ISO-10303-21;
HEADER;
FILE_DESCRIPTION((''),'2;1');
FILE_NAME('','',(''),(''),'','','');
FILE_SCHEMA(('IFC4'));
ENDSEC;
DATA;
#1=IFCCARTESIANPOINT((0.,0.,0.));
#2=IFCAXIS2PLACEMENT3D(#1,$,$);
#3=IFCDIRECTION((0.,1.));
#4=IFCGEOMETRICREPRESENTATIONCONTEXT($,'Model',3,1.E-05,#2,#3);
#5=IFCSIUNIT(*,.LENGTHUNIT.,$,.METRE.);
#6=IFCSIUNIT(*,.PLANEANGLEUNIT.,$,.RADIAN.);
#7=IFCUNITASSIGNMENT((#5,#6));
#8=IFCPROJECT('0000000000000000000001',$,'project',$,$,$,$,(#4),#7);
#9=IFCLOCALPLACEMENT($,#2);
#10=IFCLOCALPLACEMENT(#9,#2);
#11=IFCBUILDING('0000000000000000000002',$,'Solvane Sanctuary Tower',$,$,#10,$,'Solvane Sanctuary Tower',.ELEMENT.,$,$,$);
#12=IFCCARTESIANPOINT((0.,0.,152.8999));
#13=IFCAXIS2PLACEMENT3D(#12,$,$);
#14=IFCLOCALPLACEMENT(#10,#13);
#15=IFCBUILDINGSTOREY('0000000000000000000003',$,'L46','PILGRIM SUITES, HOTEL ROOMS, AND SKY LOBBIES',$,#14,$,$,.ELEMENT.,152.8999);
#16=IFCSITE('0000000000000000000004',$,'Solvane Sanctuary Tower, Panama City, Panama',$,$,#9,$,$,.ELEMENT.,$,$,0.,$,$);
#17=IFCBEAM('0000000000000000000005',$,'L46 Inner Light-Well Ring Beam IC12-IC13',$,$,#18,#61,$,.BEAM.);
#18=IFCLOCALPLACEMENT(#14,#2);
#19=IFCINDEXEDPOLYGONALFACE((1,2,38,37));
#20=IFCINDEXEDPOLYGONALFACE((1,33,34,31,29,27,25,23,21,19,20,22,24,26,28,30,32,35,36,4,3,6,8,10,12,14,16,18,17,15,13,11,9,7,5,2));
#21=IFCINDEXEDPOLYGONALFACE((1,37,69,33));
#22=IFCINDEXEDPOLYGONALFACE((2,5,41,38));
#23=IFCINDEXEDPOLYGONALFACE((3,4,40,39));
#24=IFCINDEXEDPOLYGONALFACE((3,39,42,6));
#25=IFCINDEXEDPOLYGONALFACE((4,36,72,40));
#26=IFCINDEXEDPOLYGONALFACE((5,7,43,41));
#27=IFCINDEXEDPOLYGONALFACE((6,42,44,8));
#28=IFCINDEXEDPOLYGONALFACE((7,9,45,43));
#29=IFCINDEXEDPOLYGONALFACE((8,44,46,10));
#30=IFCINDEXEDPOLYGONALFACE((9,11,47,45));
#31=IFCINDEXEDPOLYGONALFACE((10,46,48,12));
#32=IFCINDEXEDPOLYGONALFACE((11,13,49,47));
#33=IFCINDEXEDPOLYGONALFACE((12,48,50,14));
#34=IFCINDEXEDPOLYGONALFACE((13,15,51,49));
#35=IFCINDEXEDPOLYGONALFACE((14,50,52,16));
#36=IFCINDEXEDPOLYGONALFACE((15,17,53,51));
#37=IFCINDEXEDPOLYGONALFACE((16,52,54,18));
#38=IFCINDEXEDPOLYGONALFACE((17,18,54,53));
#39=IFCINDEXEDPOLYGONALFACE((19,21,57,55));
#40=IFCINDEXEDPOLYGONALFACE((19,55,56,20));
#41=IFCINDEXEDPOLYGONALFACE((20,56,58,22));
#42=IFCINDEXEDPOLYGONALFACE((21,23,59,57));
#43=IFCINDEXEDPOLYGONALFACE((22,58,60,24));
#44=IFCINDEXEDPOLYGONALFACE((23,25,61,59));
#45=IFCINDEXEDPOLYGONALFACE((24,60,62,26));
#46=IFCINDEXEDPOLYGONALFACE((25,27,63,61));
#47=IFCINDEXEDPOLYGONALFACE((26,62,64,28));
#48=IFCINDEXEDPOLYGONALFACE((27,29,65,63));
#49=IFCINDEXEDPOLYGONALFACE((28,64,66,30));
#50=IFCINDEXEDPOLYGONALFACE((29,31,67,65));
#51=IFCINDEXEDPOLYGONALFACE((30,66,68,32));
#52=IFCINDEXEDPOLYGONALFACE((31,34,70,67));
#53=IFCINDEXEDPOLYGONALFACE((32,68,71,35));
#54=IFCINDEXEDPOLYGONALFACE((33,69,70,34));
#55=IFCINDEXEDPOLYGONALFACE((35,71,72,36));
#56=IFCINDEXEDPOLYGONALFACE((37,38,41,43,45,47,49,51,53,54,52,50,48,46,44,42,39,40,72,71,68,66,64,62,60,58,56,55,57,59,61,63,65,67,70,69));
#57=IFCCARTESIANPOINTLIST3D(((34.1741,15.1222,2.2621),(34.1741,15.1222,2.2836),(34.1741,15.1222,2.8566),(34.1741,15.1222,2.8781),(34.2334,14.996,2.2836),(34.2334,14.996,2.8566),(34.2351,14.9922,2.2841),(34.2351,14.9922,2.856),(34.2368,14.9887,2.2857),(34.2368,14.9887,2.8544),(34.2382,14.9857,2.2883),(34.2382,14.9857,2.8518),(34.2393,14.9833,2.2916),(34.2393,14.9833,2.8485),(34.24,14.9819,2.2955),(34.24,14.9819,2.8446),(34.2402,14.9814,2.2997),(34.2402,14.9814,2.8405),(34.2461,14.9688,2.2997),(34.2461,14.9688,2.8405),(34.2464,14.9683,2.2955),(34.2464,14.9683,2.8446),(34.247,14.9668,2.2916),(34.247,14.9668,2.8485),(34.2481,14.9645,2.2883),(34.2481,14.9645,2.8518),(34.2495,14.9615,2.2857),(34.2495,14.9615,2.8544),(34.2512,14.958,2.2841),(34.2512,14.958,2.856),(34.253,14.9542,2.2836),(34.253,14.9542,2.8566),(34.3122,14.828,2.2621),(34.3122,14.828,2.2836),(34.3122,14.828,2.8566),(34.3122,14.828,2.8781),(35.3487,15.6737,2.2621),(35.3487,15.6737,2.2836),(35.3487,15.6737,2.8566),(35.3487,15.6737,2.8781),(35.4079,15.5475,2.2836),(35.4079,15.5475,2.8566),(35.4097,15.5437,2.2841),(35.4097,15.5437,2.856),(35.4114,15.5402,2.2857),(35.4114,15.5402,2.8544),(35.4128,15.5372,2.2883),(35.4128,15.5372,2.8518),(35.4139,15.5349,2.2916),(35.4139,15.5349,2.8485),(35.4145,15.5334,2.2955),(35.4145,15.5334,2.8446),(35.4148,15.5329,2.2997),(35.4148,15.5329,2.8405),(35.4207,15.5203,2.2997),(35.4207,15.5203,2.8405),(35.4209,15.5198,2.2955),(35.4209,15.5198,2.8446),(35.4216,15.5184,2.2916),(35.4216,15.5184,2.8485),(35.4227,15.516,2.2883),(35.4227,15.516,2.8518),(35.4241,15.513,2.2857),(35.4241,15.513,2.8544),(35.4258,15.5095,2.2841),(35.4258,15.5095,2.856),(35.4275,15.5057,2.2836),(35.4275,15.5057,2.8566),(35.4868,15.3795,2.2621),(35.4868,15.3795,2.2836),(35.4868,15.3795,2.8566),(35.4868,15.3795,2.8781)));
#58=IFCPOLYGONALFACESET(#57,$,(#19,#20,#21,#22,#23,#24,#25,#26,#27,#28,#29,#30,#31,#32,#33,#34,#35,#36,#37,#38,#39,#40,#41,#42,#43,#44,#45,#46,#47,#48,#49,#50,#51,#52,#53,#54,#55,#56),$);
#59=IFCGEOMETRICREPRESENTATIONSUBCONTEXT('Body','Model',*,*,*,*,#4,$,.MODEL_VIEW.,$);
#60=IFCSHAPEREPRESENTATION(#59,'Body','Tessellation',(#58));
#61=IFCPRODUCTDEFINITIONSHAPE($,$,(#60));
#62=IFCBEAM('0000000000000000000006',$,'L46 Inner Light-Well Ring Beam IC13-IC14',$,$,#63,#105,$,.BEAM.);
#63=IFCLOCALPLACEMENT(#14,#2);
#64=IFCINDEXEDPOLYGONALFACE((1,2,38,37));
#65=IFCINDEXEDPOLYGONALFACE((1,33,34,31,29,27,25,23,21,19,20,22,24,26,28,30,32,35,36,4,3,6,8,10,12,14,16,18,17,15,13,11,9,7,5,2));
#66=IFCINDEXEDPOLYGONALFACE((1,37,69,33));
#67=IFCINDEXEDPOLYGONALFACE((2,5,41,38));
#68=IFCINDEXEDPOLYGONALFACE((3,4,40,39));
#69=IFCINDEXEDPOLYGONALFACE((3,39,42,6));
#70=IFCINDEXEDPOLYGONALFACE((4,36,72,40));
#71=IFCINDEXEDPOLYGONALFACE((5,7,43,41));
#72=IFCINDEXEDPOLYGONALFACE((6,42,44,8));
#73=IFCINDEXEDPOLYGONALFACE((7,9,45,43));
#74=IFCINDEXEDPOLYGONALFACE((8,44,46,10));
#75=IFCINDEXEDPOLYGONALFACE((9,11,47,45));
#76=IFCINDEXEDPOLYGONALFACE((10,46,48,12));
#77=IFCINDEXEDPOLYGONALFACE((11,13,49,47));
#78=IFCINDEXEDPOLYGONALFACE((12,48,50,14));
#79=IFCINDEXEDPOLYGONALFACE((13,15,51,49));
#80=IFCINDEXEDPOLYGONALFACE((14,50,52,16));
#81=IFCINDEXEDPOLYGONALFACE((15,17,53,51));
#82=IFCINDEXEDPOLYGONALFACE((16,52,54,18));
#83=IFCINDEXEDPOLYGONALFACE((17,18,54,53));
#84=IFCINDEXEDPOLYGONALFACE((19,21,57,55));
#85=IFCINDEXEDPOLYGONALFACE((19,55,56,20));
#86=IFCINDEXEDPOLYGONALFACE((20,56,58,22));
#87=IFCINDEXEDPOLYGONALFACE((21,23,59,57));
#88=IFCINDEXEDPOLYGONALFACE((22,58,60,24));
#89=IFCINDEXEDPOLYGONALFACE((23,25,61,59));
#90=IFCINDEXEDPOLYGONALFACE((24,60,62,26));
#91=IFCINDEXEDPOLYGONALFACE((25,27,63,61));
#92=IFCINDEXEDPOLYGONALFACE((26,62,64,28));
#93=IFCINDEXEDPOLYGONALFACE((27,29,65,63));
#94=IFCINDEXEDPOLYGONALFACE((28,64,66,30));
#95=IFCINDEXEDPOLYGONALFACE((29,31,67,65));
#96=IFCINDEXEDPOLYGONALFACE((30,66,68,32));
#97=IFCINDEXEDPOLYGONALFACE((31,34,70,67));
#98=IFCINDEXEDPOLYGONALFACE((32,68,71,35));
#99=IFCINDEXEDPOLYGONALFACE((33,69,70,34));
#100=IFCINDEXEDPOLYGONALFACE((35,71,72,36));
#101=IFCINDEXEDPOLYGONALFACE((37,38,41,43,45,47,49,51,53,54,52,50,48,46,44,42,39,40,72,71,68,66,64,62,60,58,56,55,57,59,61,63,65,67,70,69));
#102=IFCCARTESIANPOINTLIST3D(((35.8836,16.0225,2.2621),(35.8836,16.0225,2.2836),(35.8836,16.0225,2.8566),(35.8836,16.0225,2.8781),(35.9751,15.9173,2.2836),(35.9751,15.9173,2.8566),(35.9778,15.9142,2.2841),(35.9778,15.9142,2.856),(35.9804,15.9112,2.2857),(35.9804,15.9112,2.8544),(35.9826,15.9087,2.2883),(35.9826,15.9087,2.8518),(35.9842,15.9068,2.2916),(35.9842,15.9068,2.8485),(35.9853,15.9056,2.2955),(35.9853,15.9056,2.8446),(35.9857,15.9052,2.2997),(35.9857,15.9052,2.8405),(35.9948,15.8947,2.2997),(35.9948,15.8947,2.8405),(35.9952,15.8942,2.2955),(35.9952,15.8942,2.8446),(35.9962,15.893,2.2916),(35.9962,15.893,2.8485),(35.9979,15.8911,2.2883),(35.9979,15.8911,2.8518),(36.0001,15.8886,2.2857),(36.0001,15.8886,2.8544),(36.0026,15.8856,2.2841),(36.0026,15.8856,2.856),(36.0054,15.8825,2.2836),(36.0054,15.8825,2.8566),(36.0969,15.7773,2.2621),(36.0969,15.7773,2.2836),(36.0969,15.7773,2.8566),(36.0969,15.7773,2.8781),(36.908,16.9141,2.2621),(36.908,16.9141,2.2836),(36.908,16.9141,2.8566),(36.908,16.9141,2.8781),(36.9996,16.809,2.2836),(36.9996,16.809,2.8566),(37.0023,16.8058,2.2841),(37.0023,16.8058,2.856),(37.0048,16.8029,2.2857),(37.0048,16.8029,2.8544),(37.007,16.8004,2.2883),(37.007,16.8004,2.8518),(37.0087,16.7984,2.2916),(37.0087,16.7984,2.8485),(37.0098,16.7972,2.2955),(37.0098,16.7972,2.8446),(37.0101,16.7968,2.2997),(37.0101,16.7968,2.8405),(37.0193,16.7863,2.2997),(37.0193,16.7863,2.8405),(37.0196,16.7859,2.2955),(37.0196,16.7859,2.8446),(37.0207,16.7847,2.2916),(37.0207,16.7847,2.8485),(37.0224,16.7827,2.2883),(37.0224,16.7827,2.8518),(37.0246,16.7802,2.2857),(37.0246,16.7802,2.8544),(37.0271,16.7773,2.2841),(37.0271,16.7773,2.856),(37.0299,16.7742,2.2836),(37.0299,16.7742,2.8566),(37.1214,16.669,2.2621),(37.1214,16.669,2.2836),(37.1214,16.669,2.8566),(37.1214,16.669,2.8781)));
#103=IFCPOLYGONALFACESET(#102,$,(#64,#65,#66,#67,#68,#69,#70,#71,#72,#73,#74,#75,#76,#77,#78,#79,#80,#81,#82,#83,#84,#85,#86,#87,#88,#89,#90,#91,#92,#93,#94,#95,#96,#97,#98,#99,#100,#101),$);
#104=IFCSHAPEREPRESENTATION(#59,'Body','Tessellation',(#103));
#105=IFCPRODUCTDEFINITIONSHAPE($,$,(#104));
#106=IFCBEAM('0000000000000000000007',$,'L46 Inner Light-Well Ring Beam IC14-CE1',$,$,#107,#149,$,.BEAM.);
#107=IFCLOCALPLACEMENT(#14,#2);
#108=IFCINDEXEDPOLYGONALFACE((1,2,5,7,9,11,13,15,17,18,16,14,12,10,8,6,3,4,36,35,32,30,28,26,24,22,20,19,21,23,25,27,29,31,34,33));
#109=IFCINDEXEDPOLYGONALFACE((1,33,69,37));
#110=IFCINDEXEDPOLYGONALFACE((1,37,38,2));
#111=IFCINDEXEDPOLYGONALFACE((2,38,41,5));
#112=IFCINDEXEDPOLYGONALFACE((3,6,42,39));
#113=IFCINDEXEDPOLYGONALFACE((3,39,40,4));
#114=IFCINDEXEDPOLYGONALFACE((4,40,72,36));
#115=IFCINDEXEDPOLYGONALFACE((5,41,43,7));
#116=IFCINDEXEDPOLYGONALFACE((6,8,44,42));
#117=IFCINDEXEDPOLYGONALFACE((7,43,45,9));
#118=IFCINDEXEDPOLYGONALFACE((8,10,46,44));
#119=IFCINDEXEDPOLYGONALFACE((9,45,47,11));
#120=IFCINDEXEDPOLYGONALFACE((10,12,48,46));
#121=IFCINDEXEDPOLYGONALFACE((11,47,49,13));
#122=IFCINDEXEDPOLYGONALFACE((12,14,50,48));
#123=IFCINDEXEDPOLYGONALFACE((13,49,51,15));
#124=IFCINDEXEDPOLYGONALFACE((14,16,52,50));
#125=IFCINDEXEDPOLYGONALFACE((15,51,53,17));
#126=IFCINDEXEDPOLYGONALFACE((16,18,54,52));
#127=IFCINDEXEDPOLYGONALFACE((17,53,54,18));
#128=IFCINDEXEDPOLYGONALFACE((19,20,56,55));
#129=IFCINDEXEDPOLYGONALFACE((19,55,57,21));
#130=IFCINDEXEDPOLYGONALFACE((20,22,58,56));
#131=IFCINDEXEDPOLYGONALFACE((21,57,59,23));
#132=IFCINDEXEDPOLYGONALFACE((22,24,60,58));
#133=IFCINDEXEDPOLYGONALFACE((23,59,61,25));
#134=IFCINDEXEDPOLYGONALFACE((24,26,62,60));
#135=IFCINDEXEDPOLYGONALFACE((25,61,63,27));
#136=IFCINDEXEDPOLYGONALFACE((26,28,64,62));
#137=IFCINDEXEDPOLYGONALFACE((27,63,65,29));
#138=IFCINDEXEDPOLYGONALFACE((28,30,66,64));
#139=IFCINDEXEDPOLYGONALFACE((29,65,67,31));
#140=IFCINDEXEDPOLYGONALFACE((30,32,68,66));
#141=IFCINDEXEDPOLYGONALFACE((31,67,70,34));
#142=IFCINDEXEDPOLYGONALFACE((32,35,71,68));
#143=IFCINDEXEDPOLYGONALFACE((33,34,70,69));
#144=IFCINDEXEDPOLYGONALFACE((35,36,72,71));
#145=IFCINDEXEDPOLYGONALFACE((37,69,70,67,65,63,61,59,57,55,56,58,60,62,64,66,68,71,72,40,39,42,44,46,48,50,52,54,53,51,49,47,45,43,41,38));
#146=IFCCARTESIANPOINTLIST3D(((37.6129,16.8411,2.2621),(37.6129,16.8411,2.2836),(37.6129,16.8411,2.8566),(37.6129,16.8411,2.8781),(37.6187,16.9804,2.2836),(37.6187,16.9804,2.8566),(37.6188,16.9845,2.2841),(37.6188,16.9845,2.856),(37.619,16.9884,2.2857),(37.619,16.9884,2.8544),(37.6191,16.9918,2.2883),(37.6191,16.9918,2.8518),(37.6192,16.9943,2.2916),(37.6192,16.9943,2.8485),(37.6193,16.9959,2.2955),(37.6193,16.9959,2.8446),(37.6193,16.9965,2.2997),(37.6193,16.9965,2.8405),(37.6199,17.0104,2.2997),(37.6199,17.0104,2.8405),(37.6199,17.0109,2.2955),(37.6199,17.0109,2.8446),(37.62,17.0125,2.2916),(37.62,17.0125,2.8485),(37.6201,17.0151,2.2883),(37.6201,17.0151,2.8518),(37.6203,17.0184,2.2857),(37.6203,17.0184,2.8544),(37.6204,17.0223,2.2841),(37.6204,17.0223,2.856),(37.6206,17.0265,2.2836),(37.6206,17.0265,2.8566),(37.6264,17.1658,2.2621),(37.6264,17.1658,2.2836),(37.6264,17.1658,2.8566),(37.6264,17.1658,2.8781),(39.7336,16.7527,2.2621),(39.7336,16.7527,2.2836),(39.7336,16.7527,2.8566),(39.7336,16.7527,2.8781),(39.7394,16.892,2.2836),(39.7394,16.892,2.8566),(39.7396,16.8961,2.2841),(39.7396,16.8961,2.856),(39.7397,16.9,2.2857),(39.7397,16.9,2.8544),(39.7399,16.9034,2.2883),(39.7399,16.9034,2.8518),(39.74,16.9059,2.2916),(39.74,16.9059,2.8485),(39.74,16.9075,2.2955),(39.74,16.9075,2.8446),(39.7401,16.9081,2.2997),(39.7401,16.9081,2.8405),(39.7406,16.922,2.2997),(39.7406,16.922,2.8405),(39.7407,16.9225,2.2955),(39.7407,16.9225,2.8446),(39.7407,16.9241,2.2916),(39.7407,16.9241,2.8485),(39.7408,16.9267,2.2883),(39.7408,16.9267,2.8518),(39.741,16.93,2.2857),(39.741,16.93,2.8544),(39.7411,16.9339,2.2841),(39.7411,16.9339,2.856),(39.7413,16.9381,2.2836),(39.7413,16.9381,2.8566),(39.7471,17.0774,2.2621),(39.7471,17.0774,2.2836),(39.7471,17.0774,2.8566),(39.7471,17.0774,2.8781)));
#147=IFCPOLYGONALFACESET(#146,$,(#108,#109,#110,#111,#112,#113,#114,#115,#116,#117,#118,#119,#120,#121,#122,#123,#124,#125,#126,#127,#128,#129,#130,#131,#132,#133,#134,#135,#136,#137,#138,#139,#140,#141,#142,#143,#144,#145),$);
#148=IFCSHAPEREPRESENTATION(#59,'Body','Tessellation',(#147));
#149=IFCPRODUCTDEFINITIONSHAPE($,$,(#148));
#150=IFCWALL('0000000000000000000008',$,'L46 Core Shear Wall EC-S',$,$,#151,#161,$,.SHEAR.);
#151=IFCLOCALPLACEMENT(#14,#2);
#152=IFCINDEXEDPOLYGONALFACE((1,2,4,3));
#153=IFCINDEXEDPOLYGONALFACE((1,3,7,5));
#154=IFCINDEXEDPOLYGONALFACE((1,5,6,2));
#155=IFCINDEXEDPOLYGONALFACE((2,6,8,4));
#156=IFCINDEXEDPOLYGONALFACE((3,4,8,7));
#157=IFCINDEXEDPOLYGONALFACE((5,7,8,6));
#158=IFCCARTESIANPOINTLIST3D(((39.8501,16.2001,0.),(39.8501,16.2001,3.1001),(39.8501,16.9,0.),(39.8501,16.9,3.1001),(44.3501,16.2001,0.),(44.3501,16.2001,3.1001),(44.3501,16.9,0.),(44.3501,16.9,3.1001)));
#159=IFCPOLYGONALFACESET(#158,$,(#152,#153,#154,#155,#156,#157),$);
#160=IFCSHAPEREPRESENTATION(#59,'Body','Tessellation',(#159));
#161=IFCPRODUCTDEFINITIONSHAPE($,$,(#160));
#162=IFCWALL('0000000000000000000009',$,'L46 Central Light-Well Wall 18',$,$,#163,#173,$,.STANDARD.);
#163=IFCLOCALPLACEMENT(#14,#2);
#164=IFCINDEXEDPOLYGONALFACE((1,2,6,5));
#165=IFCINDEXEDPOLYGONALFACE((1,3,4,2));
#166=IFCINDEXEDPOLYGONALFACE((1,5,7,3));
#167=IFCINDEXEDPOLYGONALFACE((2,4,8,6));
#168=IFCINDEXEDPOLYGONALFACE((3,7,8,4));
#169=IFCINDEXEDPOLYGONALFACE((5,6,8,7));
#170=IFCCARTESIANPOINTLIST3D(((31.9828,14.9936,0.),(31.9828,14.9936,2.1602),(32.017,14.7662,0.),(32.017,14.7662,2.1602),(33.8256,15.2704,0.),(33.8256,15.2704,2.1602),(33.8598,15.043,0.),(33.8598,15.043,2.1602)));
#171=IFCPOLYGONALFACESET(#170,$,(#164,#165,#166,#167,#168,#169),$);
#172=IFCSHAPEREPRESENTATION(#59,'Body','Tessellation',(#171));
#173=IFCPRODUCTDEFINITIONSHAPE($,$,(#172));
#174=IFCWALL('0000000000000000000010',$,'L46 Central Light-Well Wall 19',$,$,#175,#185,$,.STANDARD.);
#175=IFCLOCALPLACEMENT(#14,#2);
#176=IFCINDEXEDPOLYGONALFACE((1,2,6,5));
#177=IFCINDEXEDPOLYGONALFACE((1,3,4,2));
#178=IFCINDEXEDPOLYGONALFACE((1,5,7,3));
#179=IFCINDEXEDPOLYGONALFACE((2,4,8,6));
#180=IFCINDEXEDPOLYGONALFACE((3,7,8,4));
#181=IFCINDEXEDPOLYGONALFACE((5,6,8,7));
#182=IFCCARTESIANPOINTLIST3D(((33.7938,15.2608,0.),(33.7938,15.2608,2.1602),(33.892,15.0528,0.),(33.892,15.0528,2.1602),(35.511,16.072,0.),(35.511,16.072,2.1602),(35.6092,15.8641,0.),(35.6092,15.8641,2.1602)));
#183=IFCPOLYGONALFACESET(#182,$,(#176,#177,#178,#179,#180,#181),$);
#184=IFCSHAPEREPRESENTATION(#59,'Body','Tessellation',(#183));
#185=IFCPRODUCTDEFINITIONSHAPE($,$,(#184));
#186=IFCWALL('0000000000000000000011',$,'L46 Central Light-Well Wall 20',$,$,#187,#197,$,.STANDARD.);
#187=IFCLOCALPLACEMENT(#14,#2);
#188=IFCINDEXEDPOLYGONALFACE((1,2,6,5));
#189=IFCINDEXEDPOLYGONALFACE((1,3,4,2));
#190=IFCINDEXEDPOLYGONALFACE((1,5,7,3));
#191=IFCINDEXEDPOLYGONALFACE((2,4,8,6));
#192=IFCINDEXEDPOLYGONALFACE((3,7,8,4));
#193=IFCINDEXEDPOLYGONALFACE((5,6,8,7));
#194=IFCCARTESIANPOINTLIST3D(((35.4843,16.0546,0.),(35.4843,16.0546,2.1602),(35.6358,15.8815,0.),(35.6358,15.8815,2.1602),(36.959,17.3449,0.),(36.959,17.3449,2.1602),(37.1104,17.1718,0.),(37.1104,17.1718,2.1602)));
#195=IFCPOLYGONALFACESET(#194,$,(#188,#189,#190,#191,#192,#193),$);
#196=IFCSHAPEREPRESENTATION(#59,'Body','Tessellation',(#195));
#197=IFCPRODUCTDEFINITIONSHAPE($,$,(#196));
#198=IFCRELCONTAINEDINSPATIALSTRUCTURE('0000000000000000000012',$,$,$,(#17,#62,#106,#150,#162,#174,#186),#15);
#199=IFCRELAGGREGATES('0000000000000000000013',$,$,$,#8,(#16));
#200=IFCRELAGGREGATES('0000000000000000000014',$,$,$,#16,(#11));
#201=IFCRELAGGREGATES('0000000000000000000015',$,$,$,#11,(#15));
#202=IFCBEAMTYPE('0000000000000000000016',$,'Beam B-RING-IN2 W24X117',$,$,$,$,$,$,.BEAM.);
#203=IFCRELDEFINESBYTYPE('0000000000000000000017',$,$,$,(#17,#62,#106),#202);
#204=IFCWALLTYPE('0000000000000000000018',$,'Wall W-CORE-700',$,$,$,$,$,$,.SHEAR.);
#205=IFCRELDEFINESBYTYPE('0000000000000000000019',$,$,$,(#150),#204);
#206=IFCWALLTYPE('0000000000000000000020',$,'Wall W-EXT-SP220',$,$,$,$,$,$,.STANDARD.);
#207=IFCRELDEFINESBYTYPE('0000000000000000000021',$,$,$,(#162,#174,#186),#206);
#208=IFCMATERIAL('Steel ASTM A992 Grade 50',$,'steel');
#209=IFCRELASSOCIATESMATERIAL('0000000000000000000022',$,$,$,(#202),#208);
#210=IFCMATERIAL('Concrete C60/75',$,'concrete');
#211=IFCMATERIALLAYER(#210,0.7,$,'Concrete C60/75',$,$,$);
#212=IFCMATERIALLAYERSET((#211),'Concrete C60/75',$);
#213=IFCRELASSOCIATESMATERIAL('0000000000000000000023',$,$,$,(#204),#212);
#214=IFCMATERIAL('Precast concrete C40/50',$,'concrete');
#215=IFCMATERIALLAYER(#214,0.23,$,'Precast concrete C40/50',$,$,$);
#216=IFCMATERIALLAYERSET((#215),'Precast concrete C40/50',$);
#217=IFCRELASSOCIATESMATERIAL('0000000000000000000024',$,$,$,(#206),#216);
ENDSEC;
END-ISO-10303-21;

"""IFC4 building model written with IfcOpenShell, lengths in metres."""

from ifc_helpers import new_model, si_unit, direction, frame, frame_2d, origin, origin_2d, place, context, subcontext, project, spatial, rectangle, i_section, extrude, material, layer, layer_set, material_profile, profile_set, type_object, element, save


model = new_model("IFC4")

# Units and contexts
model_context = context("Model", 3, precision=1e-05, world=origin(), true_north=direction((0.0, 1.0)))
body_context = subcontext(model_context, "Body", "Model", "MODEL_VIEW")
ifc_project = project(units=[si_unit("LENGTHUNIT", "METRE"), si_unit("PLANEANGLEUNIT", "RADIAN")], contexts=[model_context])

# Site, building, storey
site_placement = place(None, origin())
site = spatial("IfcSite", under=ifc_project, at=site_placement, Name="Solvane Sanctuary Tower, Panama City, Panama", CompositionType="ELEMENT", RefElevation=0.0)
building_placement = place(site_placement, origin())
building = spatial("IfcBuilding", under=site, at=building_placement, Name="Solvane Sanctuary Tower", LongName="Solvane Sanctuary Tower", CompositionType="ELEMENT")
storey_placement = place(building_placement, frame((0.0, 0.0, 152.8999)))
storey = spatial("IfcBuildingStorey", under=building, at=storey_placement, Name="L46", Description="PILGRIM SUITES, HOTEL ROOMS, AND SKY LOBBIES", CompositionType="ELEMENT", Elevation=152.8999)

# Beams
ifc_material_1 = material(Name="Steel ASTM A992 Grade 50", Category="steel")
ifc_material_profile_1 = material_profile(ifc_material_1, i_section(OverallWidth=0.325, OverallDepth=0.616, WebThickness=0.0139, FlangeThickness=0.0215, FilletRadius=0.0161, at=origin_2d()), Name="W24X117")
ifc_profile_set_1 = profile_set([ifc_material_profile_1], Name="Steel ASTM A992 Grade 50")
beam_type_1 = type_object("IfcBeamType", Name="Beam B-RING-IN2 W24X117", PredefinedType="BEAM", material=ifc_profile_set_1)
beam_1_placement = place(storey_placement, frame((34.2432, 14.9751, 2.5701), z_axis=(0.905181, 0.425027, 0.0), x_axis=(-0.425027, 0.905181, 0.0)))
element("IfcBeam", 1, at=beam_1_placement, inside=storey, type_object=beam_type_1, Name="L46 Inner Light-Well Ring Beam IC12-IC13", PredefinedType="BEAM", context=body_context, shape_type="SweptSolid", body=[
    extrude(i_section(OverallWidth=0.325, OverallDepth=0.616, WebThickness=0.0139, FlangeThickness=0.0215, FilletRadius=0.0161, at=origin_2d()), origin(), (0.0, 0.0, 1.0), 1.2976),
])
beam_2_placement = place(storey_placement, frame((35.9902, 15.8999, 2.5701), z_axis=(0.754311, 0.656517, 0.0), x_axis=(-0.656517, 0.754311, 0.0)))
element("IfcBeam", 2, at=beam_2_placement, inside=storey, type_object=beam_type_1, Name="L46 Inner Light-Well Ring Beam IC13-IC14", PredefinedType="BEAM", context=body_context, shape_type="SweptSolid", body=[
    extrude(i_section(OverallWidth=0.325, OverallDepth=0.616, WebThickness=0.0139, FlangeThickness=0.0215, FilletRadius=0.0161, at=origin_2d()), origin(), (0.0, 0.0, 1.0), 1.3582),
])
beam_3_placement = place(storey_placement, frame((37.6196, 17.0034, 2.5701), z_axis=(0.999133, -0.04164, 0.0), x_axis=(0.04164, 0.999133, 0.0)))
element("IfcBeam", 3, at=beam_3_placement, inside=storey, type_object=beam_type_1, Name="L46 Inner Light-Well Ring Beam IC14-CE1", PredefinedType="BEAM", context=body_context, shape_type="SweptSolid", body=[
    extrude(i_section(OverallWidth=0.325, OverallDepth=0.616, WebThickness=0.0139, FlangeThickness=0.0215, FilletRadius=0.0161, at=origin_2d()), origin(), (0.0, 0.0, 1.0), 2.1226),
])

# Walls
ifc_material_2 = material(Name="Concrete C60/75", Category="concrete")
ifc_layer_1 = layer(ifc_material_2, 0.7, Name="Concrete C60/75")
ifc_layer_set_1 = layer_set([ifc_layer_1], Name="Concrete C60/75")
wall_type_1 = type_object("IfcWallType", Name="Wall W-CORE-700", PredefinedType="SHEAR", material=ifc_layer_set_1)
wall_1_placement = place(storey_placement, frame((39.8501, 16.55, 0.0), z_axis=(0.0, 0.0, 1.0), x_axis=(1.0, 0.0, 0.0)))
element("IfcWall", 4, at=wall_1_placement, inside=storey, type_object=wall_type_1, Name="L46 Core Shear Wall EC-S", PredefinedType="SHEAR", context=body_context, shape_type="SweptSolid", body=[
    extrude(rectangle(XDim=4.5, YDim=0.7, at=frame_2d((2.25, 0.0))), origin(), (0.0, 0.0, 1.0), 3.1001),
])
ifc_material_3 = material(Name="Precast concrete C40/50", Category="concrete")
ifc_layer_2 = layer(ifc_material_3, 0.23, Name="Precast concrete C40/50")
ifc_layer_set_2 = layer_set([ifc_layer_2], Name="Precast concrete C40/50")
wall_type_2 = type_object("IfcWallType", Name="Wall W-EXT-SP220", PredefinedType="STANDARD", material=ifc_layer_set_2)
wall_2_placement = place(storey_placement, frame((32.0, 14.8799, 0.0), z_axis=(0.0, 0.0, 1.0), x_axis=(0.988902, 0.148571, 0.0)))
element("IfcWall", 5, at=wall_2_placement, inside=storey, type_object=wall_type_2, Name="L46 Central Light-Well Wall 18", PredefinedType="STANDARD", context=body_context, shape_type="SweptSolid", body=[
    extrude(rectangle(XDim=1.8635, YDim=0.23, at=frame_2d((0.9316, 0.0))), origin(), (0.0, 0.0, 1.0), 2.1602),
])
wall_3_placement = place(storey_placement, frame((33.8428, 15.1567, 0.0), z_axis=(0.0, 0.0, 1.0), x_axis=(0.90418, 0.427152, 0.0)))
element("IfcWall", 6, at=wall_3_placement, inside=storey, type_object=wall_type_2, Name="L46 Central Light-Well Wall 19", PredefinedType="STANDARD", context=body_context, shape_type="SweptSolid", body=[
    extrude(rectangle(XDim=1.8992, YDim=0.23, at=frame_2d((0.9497, 0.0))), origin(), (0.0, 0.0, 1.0), 2.1602),
])
wall_4_placement = place(storey_placement, frame((35.5601, 15.968, 0.0), z_axis=(0.0, 0.0, 1.0), x_axis=(0.752577, 0.658505, 0.0)))
element("IfcWall", 7, at=wall_4_placement, inside=storey, type_object=wall_type_2, Name="L46 Central Light-Well Wall 20", PredefinedType="STANDARD", context=body_context, shape_type="SweptSolid", body=[
    extrude(rectangle(XDim=1.9595, YDim=0.23, at=frame_2d((0.9797, 0.0))), origin(), (0.0, 0.0, 1.0), 2.1602),
])

save(model, "model.ifc")
